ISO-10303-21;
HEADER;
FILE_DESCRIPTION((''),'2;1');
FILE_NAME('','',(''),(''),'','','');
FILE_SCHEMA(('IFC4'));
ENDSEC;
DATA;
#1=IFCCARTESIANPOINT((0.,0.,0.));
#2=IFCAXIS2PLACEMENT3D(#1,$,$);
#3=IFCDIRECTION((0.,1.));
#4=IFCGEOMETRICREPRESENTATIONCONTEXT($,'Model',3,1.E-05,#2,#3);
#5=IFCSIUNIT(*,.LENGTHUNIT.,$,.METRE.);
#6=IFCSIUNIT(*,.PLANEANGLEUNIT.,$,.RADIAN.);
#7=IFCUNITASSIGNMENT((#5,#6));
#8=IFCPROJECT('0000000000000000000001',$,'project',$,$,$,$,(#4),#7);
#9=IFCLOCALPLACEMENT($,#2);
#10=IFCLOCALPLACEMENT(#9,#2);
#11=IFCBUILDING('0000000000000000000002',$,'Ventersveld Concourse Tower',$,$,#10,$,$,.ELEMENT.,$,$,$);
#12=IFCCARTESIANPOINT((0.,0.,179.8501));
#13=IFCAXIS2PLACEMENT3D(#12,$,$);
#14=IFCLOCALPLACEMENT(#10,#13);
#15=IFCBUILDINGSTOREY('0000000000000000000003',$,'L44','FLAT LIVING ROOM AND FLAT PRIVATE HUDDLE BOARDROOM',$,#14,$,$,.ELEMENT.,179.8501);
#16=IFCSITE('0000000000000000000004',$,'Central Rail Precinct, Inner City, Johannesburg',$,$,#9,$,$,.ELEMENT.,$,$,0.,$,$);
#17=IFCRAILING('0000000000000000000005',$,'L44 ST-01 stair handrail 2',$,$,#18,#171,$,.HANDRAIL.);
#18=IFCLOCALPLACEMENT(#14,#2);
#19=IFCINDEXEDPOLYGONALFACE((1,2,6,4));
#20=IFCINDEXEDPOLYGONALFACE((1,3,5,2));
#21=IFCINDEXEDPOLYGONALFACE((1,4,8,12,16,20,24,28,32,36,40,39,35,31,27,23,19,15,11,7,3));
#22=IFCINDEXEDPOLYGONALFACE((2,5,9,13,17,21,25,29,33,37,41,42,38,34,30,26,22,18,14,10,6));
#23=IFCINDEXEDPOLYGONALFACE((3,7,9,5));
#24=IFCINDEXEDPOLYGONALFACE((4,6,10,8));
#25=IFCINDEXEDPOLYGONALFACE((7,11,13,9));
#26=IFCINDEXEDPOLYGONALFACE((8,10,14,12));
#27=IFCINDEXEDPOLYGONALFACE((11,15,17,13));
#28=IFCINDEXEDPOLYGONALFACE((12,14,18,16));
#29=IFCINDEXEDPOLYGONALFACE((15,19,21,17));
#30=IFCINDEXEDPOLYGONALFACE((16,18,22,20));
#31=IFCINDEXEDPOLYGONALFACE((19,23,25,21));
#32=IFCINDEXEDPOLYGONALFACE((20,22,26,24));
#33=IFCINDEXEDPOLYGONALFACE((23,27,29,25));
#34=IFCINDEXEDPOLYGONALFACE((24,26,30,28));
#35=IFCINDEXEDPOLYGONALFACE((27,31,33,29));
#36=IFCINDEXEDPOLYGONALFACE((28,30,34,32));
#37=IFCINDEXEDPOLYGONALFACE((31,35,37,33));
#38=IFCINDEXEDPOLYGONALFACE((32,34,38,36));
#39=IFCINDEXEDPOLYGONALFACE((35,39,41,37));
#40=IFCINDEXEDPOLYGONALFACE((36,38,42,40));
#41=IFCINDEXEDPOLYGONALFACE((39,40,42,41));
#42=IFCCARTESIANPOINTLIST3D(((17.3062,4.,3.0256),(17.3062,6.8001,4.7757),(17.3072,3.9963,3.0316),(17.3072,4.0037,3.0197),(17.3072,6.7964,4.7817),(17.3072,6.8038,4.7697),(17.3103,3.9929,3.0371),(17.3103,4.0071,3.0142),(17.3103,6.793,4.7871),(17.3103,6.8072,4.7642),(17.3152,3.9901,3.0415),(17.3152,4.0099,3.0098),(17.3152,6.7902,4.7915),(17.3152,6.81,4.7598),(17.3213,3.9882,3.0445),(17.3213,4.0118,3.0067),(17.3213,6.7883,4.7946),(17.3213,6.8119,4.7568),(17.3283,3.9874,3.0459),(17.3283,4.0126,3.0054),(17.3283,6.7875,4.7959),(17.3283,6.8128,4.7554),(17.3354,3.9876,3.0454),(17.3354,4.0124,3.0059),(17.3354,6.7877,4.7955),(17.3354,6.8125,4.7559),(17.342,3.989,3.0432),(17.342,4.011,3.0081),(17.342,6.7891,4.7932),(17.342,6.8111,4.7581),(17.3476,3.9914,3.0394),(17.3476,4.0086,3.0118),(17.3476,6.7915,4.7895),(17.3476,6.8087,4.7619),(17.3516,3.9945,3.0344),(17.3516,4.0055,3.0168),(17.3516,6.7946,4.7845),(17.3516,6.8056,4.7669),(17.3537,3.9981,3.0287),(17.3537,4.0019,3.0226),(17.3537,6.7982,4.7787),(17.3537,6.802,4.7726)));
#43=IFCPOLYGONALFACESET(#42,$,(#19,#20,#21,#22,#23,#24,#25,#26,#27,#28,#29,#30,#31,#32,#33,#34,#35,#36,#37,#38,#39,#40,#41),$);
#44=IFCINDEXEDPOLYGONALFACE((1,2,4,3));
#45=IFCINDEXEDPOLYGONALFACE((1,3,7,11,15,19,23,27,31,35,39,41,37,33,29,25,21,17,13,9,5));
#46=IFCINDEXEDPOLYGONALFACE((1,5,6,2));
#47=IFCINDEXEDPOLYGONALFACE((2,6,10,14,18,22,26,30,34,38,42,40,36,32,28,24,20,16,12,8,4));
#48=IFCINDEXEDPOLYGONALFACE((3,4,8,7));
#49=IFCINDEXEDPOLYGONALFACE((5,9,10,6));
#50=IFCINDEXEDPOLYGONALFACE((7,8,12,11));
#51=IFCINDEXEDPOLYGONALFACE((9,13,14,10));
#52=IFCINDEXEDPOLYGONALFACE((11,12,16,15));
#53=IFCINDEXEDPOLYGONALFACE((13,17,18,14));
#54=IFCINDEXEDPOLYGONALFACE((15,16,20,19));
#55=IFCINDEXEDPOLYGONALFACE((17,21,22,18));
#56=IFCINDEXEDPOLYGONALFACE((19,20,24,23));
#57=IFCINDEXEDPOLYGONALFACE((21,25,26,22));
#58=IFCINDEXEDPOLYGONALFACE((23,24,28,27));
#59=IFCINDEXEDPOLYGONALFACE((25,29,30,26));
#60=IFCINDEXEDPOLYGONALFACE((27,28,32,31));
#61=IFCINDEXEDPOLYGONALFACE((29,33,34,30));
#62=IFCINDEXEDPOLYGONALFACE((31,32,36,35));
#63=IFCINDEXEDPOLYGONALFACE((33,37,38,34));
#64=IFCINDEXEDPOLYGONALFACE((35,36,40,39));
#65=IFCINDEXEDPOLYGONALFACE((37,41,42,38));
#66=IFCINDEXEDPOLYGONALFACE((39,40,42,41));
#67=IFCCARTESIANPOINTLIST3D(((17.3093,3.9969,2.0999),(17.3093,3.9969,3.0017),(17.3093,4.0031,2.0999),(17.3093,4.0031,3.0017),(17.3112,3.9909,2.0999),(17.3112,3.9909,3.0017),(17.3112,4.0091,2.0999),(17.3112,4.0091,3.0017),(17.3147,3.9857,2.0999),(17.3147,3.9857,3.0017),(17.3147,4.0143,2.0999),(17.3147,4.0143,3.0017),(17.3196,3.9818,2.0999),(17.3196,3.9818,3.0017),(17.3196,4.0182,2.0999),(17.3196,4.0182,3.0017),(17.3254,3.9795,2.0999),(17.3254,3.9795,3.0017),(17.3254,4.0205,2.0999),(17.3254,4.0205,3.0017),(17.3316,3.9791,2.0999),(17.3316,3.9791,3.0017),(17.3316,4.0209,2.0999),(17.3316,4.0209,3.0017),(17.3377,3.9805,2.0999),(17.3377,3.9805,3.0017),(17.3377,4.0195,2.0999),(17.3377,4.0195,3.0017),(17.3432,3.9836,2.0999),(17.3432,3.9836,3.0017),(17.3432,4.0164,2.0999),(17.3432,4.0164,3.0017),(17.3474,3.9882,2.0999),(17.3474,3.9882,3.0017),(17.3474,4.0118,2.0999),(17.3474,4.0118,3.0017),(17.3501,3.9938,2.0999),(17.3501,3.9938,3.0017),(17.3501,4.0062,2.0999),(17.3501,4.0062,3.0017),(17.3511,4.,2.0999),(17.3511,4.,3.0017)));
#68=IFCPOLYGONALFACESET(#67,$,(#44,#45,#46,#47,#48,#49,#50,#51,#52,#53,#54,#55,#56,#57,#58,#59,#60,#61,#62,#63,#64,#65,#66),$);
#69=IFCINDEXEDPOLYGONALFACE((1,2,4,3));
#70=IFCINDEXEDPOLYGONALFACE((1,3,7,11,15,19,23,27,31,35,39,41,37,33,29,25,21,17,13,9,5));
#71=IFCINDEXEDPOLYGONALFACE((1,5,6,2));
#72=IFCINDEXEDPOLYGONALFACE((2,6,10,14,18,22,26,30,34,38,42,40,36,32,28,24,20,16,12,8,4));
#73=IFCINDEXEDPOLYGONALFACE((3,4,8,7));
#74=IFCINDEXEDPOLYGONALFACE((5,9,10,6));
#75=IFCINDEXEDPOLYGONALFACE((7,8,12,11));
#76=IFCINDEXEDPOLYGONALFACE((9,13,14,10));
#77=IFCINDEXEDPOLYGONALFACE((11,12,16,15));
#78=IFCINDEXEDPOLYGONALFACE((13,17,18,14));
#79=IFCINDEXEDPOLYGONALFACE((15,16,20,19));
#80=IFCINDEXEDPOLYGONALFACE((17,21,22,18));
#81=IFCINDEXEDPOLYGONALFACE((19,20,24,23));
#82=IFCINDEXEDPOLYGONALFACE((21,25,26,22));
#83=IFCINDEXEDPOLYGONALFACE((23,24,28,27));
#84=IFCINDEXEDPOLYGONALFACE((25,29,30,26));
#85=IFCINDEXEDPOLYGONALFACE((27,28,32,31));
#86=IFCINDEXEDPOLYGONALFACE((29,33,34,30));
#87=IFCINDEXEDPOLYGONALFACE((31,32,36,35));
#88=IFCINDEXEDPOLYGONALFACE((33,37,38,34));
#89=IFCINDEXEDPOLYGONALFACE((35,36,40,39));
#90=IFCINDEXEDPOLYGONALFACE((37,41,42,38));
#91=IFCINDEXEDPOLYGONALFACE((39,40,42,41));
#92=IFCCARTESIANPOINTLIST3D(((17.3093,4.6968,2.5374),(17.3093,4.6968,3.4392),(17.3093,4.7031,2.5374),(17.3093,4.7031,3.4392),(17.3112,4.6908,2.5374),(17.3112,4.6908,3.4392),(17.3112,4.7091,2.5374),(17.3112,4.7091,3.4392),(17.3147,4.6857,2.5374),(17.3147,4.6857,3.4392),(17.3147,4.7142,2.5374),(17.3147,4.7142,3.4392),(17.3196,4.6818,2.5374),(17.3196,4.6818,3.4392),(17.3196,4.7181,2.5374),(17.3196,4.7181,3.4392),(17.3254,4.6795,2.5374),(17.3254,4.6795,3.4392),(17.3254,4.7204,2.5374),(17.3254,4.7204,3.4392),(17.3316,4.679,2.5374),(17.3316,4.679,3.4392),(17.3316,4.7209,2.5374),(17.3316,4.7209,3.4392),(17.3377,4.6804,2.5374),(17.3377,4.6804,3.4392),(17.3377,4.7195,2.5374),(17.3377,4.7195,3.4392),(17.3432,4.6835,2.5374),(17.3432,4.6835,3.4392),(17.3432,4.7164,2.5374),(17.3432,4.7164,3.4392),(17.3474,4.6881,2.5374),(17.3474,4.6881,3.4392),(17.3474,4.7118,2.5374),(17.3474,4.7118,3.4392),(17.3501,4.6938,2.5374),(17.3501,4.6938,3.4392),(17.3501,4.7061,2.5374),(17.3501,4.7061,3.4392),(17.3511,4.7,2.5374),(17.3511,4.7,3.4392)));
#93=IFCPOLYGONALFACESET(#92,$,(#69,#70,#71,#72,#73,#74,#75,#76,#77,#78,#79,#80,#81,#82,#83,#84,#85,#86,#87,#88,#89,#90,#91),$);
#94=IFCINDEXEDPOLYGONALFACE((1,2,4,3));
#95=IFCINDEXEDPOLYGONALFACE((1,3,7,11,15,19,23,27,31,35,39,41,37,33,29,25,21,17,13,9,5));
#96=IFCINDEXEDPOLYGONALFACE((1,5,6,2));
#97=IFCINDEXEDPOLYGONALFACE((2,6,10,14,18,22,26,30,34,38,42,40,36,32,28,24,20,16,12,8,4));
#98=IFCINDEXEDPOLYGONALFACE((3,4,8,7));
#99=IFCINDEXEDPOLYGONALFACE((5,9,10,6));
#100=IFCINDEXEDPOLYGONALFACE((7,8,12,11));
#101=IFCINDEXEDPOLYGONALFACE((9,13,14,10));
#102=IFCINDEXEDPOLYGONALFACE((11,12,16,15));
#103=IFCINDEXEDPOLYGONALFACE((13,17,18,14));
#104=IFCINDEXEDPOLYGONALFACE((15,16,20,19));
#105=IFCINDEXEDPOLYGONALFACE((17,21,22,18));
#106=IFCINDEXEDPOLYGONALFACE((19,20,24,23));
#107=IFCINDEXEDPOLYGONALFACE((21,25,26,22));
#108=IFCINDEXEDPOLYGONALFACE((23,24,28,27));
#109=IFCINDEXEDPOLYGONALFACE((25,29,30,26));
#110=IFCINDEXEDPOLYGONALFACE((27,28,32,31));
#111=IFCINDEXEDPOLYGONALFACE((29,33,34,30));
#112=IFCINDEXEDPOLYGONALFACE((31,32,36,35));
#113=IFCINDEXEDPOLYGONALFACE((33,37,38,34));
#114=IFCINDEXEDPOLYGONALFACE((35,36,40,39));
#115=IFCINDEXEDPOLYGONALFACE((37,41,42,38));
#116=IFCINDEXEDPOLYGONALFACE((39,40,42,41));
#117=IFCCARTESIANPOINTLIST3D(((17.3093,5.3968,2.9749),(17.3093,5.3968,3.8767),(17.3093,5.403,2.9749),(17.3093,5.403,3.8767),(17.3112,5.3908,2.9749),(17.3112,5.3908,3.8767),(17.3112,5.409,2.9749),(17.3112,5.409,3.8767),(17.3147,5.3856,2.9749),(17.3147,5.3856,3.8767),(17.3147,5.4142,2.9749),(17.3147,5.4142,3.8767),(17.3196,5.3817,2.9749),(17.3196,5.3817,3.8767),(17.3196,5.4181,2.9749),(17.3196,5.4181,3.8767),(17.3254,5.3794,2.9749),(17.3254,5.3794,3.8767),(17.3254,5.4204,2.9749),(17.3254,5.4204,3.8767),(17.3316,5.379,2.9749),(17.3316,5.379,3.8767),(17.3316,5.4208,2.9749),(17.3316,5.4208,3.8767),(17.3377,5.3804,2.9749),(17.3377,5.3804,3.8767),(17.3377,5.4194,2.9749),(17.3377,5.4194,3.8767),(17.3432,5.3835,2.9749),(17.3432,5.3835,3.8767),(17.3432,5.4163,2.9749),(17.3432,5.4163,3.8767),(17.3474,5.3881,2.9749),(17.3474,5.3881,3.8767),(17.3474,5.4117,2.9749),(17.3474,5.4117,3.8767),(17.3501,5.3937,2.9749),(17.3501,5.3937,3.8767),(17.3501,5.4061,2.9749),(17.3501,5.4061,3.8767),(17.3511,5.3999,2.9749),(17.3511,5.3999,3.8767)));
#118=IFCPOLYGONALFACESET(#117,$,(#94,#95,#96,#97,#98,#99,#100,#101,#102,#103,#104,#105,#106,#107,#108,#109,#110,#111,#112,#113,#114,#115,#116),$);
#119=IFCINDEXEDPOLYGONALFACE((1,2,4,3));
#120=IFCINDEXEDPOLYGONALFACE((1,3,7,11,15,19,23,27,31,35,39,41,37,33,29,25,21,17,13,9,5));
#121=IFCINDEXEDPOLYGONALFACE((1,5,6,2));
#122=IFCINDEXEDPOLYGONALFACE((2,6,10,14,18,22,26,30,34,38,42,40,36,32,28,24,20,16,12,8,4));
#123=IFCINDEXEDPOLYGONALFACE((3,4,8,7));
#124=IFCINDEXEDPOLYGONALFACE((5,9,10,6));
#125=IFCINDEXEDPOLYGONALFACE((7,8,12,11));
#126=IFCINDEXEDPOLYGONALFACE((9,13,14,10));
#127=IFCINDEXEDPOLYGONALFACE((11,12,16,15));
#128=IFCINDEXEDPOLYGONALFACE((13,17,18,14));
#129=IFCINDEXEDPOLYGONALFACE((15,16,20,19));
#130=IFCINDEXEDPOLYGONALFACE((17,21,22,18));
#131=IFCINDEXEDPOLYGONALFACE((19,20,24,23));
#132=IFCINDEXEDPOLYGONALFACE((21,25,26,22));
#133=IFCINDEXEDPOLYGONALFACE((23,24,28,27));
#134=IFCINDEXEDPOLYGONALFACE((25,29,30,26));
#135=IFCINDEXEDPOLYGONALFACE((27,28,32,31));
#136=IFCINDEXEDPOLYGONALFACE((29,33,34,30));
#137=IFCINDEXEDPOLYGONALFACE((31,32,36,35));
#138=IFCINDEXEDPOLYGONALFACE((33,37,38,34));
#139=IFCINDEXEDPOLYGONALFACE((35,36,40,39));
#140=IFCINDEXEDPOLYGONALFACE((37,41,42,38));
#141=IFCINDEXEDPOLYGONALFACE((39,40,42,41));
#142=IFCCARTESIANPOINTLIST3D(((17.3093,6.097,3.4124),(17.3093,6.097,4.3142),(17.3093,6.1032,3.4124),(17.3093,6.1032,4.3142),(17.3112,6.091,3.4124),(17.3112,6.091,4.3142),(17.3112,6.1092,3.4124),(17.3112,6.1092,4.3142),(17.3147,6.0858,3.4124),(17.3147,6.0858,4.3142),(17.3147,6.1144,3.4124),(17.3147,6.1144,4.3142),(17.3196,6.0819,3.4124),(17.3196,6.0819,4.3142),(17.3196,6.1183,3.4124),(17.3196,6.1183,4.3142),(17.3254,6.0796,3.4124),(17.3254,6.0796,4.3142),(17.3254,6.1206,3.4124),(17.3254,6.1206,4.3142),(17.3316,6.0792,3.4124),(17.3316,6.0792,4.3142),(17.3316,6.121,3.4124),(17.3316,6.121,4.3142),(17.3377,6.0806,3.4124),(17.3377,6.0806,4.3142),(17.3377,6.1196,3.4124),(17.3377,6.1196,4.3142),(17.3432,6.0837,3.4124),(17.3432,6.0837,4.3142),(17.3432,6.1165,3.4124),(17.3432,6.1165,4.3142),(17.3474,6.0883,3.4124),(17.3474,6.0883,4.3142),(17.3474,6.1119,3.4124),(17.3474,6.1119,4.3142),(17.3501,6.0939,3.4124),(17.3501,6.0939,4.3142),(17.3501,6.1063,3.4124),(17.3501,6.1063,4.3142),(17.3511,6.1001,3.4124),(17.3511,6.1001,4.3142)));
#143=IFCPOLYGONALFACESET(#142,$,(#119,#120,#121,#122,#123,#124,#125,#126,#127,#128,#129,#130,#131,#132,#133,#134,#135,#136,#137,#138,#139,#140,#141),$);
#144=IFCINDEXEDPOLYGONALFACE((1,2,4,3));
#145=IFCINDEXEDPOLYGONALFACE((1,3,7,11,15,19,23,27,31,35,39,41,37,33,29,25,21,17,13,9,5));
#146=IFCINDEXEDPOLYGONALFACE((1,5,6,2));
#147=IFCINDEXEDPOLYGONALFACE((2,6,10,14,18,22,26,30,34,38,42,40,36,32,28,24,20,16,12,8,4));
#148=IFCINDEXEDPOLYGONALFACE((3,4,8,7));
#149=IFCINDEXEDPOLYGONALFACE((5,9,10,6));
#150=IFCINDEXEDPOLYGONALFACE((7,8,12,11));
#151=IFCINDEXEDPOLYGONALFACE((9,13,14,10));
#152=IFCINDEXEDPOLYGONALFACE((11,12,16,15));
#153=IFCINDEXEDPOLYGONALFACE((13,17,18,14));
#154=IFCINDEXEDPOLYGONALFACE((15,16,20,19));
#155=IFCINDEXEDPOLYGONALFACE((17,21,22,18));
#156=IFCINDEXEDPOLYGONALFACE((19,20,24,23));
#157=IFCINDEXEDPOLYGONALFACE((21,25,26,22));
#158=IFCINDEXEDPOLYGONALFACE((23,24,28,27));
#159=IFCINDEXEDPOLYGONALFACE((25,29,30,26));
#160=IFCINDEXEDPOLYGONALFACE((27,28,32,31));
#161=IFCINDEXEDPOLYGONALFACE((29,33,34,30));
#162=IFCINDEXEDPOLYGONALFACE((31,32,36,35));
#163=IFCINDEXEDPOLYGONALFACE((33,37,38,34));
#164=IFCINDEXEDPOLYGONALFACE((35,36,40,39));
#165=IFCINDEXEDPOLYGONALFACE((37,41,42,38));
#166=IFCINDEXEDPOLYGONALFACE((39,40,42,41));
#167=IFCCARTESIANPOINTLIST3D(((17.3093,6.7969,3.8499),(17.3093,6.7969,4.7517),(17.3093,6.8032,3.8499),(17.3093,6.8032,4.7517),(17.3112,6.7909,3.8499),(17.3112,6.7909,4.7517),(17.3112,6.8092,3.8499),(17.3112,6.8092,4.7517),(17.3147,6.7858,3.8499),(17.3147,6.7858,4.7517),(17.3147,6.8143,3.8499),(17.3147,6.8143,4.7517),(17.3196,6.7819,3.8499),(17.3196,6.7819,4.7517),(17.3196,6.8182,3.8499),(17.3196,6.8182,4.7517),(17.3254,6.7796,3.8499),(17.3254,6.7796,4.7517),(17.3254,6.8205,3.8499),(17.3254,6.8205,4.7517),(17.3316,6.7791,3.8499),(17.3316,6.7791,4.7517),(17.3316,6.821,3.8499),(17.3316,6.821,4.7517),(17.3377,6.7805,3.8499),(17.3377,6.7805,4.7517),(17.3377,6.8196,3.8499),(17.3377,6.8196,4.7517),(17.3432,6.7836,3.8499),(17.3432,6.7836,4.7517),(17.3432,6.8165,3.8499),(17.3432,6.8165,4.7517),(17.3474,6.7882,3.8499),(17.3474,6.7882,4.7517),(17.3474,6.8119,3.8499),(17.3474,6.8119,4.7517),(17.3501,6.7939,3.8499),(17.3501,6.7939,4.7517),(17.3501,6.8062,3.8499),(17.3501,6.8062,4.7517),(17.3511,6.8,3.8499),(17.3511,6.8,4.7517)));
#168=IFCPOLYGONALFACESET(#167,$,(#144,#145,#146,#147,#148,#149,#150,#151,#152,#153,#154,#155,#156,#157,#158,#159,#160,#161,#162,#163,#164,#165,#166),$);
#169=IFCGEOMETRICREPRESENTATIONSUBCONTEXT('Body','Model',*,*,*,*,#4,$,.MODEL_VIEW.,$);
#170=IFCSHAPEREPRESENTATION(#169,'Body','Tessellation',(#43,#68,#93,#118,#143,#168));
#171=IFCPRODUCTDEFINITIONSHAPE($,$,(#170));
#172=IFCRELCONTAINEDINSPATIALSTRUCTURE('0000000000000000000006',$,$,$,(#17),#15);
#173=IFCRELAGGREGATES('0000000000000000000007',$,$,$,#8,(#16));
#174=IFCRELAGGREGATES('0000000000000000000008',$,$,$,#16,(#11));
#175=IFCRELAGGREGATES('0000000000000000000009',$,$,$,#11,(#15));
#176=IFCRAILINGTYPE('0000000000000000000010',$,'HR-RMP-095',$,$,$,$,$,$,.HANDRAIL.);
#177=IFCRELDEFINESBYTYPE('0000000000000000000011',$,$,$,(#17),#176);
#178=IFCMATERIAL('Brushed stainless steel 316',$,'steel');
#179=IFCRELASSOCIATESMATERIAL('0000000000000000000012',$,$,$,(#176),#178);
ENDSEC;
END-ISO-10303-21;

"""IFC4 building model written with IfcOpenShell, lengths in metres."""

from ifc_helpers import new_model, si_unit, direction, frame, origin, origin_2d, place, context, subcontext, project, spatial, circle, extrude, material, type_object, element, save


model = new_model("IFC4")

# Units and contexts
model_context = context("Model", 3, precision=1e-05, world=origin(), true_north=direction((0.0, 1.0)))
body_context = subcontext(model_context, "Body", "Model", "MODEL_VIEW")
ifc_project = project(units=[si_unit("LENGTHUNIT", "METRE"), si_unit("PLANEANGLEUNIT", "RADIAN")], contexts=[model_context])

# Site, building, storey
site_placement = place(None, origin())
site = spatial("IfcSite", under=ifc_project, at=site_placement, Name="Central Rail Precinct, Inner City, Johannesburg", CompositionType="ELEMENT", RefElevation=0.0)
building_placement = place(site_placement, origin())
building = spatial("IfcBuilding", under=site, at=building_placement, Name="Ventersveld Concourse Tower", CompositionType="ELEMENT")
storey_placement = place(building_placement, frame((0.0, 0.0, 179.8501)))
storey = spatial("IfcBuildingStorey", under=building, at=storey_placement, Name="L44", Description="FLAT LIVING ROOM AND FLAT PRIVATE HUDDLE BOARDROOM", CompositionType="ELEMENT", Elevation=179.8501)

# Railing
ifc_material_1 = material(Name="Brushed stainless steel 316", Category="steel")
railing_type_1 = type_object("IfcRailingType", Name="HR-RMP-095", PredefinedType="HANDRAIL", material=ifc_material_1)
railing_1_placement = place(storey_placement, frame((17.3301, 4.0, 2.0999)))
element("IfcRailing", 1, at=railing_1_placement, inside=storey, type_object=railing_type_1, Name="L44 ST-01 stair handrail 2", PredefinedType="HANDRAIL", context=body_context, shape_type="SweptSolid", body=[
    extrude(circle(Radius=0.0239, at=origin_2d()), frame((0.0, 0.0, 0.9258), z_axis=(0.0, 0.848002, 0.529992), x_axis=(-1.0, 0.0, 0.0)), (0.0, 0.0, 1.0), 3.302),
    extrude(circle(Radius=0.021, at=origin_2d()), origin(), (0.0, 0.0, 1.0), 0.9019),
    extrude(circle(Radius=0.021, at=origin_2d()), frame((0.0, 0.7, 0.4375)), (0.0, 0.0, 1.0), 0.9019),
    extrude(circle(Radius=0.021, at=origin_2d()), frame((0.0, 1.3999, 0.875)), (0.0, 0.0, 1.0), 0.9019),
    extrude(circle(Radius=0.021, at=origin_2d()), frame((0.0, 2.1001, 1.3125)), (0.0, 0.0, 1.0), 0.9019),
    extrude(circle(Radius=0.021, at=origin_2d()), frame((0.0, 2.8, 1.75)), (0.0, 0.0, 1.0), 0.9019),
])

save(model, "model.ifc")
